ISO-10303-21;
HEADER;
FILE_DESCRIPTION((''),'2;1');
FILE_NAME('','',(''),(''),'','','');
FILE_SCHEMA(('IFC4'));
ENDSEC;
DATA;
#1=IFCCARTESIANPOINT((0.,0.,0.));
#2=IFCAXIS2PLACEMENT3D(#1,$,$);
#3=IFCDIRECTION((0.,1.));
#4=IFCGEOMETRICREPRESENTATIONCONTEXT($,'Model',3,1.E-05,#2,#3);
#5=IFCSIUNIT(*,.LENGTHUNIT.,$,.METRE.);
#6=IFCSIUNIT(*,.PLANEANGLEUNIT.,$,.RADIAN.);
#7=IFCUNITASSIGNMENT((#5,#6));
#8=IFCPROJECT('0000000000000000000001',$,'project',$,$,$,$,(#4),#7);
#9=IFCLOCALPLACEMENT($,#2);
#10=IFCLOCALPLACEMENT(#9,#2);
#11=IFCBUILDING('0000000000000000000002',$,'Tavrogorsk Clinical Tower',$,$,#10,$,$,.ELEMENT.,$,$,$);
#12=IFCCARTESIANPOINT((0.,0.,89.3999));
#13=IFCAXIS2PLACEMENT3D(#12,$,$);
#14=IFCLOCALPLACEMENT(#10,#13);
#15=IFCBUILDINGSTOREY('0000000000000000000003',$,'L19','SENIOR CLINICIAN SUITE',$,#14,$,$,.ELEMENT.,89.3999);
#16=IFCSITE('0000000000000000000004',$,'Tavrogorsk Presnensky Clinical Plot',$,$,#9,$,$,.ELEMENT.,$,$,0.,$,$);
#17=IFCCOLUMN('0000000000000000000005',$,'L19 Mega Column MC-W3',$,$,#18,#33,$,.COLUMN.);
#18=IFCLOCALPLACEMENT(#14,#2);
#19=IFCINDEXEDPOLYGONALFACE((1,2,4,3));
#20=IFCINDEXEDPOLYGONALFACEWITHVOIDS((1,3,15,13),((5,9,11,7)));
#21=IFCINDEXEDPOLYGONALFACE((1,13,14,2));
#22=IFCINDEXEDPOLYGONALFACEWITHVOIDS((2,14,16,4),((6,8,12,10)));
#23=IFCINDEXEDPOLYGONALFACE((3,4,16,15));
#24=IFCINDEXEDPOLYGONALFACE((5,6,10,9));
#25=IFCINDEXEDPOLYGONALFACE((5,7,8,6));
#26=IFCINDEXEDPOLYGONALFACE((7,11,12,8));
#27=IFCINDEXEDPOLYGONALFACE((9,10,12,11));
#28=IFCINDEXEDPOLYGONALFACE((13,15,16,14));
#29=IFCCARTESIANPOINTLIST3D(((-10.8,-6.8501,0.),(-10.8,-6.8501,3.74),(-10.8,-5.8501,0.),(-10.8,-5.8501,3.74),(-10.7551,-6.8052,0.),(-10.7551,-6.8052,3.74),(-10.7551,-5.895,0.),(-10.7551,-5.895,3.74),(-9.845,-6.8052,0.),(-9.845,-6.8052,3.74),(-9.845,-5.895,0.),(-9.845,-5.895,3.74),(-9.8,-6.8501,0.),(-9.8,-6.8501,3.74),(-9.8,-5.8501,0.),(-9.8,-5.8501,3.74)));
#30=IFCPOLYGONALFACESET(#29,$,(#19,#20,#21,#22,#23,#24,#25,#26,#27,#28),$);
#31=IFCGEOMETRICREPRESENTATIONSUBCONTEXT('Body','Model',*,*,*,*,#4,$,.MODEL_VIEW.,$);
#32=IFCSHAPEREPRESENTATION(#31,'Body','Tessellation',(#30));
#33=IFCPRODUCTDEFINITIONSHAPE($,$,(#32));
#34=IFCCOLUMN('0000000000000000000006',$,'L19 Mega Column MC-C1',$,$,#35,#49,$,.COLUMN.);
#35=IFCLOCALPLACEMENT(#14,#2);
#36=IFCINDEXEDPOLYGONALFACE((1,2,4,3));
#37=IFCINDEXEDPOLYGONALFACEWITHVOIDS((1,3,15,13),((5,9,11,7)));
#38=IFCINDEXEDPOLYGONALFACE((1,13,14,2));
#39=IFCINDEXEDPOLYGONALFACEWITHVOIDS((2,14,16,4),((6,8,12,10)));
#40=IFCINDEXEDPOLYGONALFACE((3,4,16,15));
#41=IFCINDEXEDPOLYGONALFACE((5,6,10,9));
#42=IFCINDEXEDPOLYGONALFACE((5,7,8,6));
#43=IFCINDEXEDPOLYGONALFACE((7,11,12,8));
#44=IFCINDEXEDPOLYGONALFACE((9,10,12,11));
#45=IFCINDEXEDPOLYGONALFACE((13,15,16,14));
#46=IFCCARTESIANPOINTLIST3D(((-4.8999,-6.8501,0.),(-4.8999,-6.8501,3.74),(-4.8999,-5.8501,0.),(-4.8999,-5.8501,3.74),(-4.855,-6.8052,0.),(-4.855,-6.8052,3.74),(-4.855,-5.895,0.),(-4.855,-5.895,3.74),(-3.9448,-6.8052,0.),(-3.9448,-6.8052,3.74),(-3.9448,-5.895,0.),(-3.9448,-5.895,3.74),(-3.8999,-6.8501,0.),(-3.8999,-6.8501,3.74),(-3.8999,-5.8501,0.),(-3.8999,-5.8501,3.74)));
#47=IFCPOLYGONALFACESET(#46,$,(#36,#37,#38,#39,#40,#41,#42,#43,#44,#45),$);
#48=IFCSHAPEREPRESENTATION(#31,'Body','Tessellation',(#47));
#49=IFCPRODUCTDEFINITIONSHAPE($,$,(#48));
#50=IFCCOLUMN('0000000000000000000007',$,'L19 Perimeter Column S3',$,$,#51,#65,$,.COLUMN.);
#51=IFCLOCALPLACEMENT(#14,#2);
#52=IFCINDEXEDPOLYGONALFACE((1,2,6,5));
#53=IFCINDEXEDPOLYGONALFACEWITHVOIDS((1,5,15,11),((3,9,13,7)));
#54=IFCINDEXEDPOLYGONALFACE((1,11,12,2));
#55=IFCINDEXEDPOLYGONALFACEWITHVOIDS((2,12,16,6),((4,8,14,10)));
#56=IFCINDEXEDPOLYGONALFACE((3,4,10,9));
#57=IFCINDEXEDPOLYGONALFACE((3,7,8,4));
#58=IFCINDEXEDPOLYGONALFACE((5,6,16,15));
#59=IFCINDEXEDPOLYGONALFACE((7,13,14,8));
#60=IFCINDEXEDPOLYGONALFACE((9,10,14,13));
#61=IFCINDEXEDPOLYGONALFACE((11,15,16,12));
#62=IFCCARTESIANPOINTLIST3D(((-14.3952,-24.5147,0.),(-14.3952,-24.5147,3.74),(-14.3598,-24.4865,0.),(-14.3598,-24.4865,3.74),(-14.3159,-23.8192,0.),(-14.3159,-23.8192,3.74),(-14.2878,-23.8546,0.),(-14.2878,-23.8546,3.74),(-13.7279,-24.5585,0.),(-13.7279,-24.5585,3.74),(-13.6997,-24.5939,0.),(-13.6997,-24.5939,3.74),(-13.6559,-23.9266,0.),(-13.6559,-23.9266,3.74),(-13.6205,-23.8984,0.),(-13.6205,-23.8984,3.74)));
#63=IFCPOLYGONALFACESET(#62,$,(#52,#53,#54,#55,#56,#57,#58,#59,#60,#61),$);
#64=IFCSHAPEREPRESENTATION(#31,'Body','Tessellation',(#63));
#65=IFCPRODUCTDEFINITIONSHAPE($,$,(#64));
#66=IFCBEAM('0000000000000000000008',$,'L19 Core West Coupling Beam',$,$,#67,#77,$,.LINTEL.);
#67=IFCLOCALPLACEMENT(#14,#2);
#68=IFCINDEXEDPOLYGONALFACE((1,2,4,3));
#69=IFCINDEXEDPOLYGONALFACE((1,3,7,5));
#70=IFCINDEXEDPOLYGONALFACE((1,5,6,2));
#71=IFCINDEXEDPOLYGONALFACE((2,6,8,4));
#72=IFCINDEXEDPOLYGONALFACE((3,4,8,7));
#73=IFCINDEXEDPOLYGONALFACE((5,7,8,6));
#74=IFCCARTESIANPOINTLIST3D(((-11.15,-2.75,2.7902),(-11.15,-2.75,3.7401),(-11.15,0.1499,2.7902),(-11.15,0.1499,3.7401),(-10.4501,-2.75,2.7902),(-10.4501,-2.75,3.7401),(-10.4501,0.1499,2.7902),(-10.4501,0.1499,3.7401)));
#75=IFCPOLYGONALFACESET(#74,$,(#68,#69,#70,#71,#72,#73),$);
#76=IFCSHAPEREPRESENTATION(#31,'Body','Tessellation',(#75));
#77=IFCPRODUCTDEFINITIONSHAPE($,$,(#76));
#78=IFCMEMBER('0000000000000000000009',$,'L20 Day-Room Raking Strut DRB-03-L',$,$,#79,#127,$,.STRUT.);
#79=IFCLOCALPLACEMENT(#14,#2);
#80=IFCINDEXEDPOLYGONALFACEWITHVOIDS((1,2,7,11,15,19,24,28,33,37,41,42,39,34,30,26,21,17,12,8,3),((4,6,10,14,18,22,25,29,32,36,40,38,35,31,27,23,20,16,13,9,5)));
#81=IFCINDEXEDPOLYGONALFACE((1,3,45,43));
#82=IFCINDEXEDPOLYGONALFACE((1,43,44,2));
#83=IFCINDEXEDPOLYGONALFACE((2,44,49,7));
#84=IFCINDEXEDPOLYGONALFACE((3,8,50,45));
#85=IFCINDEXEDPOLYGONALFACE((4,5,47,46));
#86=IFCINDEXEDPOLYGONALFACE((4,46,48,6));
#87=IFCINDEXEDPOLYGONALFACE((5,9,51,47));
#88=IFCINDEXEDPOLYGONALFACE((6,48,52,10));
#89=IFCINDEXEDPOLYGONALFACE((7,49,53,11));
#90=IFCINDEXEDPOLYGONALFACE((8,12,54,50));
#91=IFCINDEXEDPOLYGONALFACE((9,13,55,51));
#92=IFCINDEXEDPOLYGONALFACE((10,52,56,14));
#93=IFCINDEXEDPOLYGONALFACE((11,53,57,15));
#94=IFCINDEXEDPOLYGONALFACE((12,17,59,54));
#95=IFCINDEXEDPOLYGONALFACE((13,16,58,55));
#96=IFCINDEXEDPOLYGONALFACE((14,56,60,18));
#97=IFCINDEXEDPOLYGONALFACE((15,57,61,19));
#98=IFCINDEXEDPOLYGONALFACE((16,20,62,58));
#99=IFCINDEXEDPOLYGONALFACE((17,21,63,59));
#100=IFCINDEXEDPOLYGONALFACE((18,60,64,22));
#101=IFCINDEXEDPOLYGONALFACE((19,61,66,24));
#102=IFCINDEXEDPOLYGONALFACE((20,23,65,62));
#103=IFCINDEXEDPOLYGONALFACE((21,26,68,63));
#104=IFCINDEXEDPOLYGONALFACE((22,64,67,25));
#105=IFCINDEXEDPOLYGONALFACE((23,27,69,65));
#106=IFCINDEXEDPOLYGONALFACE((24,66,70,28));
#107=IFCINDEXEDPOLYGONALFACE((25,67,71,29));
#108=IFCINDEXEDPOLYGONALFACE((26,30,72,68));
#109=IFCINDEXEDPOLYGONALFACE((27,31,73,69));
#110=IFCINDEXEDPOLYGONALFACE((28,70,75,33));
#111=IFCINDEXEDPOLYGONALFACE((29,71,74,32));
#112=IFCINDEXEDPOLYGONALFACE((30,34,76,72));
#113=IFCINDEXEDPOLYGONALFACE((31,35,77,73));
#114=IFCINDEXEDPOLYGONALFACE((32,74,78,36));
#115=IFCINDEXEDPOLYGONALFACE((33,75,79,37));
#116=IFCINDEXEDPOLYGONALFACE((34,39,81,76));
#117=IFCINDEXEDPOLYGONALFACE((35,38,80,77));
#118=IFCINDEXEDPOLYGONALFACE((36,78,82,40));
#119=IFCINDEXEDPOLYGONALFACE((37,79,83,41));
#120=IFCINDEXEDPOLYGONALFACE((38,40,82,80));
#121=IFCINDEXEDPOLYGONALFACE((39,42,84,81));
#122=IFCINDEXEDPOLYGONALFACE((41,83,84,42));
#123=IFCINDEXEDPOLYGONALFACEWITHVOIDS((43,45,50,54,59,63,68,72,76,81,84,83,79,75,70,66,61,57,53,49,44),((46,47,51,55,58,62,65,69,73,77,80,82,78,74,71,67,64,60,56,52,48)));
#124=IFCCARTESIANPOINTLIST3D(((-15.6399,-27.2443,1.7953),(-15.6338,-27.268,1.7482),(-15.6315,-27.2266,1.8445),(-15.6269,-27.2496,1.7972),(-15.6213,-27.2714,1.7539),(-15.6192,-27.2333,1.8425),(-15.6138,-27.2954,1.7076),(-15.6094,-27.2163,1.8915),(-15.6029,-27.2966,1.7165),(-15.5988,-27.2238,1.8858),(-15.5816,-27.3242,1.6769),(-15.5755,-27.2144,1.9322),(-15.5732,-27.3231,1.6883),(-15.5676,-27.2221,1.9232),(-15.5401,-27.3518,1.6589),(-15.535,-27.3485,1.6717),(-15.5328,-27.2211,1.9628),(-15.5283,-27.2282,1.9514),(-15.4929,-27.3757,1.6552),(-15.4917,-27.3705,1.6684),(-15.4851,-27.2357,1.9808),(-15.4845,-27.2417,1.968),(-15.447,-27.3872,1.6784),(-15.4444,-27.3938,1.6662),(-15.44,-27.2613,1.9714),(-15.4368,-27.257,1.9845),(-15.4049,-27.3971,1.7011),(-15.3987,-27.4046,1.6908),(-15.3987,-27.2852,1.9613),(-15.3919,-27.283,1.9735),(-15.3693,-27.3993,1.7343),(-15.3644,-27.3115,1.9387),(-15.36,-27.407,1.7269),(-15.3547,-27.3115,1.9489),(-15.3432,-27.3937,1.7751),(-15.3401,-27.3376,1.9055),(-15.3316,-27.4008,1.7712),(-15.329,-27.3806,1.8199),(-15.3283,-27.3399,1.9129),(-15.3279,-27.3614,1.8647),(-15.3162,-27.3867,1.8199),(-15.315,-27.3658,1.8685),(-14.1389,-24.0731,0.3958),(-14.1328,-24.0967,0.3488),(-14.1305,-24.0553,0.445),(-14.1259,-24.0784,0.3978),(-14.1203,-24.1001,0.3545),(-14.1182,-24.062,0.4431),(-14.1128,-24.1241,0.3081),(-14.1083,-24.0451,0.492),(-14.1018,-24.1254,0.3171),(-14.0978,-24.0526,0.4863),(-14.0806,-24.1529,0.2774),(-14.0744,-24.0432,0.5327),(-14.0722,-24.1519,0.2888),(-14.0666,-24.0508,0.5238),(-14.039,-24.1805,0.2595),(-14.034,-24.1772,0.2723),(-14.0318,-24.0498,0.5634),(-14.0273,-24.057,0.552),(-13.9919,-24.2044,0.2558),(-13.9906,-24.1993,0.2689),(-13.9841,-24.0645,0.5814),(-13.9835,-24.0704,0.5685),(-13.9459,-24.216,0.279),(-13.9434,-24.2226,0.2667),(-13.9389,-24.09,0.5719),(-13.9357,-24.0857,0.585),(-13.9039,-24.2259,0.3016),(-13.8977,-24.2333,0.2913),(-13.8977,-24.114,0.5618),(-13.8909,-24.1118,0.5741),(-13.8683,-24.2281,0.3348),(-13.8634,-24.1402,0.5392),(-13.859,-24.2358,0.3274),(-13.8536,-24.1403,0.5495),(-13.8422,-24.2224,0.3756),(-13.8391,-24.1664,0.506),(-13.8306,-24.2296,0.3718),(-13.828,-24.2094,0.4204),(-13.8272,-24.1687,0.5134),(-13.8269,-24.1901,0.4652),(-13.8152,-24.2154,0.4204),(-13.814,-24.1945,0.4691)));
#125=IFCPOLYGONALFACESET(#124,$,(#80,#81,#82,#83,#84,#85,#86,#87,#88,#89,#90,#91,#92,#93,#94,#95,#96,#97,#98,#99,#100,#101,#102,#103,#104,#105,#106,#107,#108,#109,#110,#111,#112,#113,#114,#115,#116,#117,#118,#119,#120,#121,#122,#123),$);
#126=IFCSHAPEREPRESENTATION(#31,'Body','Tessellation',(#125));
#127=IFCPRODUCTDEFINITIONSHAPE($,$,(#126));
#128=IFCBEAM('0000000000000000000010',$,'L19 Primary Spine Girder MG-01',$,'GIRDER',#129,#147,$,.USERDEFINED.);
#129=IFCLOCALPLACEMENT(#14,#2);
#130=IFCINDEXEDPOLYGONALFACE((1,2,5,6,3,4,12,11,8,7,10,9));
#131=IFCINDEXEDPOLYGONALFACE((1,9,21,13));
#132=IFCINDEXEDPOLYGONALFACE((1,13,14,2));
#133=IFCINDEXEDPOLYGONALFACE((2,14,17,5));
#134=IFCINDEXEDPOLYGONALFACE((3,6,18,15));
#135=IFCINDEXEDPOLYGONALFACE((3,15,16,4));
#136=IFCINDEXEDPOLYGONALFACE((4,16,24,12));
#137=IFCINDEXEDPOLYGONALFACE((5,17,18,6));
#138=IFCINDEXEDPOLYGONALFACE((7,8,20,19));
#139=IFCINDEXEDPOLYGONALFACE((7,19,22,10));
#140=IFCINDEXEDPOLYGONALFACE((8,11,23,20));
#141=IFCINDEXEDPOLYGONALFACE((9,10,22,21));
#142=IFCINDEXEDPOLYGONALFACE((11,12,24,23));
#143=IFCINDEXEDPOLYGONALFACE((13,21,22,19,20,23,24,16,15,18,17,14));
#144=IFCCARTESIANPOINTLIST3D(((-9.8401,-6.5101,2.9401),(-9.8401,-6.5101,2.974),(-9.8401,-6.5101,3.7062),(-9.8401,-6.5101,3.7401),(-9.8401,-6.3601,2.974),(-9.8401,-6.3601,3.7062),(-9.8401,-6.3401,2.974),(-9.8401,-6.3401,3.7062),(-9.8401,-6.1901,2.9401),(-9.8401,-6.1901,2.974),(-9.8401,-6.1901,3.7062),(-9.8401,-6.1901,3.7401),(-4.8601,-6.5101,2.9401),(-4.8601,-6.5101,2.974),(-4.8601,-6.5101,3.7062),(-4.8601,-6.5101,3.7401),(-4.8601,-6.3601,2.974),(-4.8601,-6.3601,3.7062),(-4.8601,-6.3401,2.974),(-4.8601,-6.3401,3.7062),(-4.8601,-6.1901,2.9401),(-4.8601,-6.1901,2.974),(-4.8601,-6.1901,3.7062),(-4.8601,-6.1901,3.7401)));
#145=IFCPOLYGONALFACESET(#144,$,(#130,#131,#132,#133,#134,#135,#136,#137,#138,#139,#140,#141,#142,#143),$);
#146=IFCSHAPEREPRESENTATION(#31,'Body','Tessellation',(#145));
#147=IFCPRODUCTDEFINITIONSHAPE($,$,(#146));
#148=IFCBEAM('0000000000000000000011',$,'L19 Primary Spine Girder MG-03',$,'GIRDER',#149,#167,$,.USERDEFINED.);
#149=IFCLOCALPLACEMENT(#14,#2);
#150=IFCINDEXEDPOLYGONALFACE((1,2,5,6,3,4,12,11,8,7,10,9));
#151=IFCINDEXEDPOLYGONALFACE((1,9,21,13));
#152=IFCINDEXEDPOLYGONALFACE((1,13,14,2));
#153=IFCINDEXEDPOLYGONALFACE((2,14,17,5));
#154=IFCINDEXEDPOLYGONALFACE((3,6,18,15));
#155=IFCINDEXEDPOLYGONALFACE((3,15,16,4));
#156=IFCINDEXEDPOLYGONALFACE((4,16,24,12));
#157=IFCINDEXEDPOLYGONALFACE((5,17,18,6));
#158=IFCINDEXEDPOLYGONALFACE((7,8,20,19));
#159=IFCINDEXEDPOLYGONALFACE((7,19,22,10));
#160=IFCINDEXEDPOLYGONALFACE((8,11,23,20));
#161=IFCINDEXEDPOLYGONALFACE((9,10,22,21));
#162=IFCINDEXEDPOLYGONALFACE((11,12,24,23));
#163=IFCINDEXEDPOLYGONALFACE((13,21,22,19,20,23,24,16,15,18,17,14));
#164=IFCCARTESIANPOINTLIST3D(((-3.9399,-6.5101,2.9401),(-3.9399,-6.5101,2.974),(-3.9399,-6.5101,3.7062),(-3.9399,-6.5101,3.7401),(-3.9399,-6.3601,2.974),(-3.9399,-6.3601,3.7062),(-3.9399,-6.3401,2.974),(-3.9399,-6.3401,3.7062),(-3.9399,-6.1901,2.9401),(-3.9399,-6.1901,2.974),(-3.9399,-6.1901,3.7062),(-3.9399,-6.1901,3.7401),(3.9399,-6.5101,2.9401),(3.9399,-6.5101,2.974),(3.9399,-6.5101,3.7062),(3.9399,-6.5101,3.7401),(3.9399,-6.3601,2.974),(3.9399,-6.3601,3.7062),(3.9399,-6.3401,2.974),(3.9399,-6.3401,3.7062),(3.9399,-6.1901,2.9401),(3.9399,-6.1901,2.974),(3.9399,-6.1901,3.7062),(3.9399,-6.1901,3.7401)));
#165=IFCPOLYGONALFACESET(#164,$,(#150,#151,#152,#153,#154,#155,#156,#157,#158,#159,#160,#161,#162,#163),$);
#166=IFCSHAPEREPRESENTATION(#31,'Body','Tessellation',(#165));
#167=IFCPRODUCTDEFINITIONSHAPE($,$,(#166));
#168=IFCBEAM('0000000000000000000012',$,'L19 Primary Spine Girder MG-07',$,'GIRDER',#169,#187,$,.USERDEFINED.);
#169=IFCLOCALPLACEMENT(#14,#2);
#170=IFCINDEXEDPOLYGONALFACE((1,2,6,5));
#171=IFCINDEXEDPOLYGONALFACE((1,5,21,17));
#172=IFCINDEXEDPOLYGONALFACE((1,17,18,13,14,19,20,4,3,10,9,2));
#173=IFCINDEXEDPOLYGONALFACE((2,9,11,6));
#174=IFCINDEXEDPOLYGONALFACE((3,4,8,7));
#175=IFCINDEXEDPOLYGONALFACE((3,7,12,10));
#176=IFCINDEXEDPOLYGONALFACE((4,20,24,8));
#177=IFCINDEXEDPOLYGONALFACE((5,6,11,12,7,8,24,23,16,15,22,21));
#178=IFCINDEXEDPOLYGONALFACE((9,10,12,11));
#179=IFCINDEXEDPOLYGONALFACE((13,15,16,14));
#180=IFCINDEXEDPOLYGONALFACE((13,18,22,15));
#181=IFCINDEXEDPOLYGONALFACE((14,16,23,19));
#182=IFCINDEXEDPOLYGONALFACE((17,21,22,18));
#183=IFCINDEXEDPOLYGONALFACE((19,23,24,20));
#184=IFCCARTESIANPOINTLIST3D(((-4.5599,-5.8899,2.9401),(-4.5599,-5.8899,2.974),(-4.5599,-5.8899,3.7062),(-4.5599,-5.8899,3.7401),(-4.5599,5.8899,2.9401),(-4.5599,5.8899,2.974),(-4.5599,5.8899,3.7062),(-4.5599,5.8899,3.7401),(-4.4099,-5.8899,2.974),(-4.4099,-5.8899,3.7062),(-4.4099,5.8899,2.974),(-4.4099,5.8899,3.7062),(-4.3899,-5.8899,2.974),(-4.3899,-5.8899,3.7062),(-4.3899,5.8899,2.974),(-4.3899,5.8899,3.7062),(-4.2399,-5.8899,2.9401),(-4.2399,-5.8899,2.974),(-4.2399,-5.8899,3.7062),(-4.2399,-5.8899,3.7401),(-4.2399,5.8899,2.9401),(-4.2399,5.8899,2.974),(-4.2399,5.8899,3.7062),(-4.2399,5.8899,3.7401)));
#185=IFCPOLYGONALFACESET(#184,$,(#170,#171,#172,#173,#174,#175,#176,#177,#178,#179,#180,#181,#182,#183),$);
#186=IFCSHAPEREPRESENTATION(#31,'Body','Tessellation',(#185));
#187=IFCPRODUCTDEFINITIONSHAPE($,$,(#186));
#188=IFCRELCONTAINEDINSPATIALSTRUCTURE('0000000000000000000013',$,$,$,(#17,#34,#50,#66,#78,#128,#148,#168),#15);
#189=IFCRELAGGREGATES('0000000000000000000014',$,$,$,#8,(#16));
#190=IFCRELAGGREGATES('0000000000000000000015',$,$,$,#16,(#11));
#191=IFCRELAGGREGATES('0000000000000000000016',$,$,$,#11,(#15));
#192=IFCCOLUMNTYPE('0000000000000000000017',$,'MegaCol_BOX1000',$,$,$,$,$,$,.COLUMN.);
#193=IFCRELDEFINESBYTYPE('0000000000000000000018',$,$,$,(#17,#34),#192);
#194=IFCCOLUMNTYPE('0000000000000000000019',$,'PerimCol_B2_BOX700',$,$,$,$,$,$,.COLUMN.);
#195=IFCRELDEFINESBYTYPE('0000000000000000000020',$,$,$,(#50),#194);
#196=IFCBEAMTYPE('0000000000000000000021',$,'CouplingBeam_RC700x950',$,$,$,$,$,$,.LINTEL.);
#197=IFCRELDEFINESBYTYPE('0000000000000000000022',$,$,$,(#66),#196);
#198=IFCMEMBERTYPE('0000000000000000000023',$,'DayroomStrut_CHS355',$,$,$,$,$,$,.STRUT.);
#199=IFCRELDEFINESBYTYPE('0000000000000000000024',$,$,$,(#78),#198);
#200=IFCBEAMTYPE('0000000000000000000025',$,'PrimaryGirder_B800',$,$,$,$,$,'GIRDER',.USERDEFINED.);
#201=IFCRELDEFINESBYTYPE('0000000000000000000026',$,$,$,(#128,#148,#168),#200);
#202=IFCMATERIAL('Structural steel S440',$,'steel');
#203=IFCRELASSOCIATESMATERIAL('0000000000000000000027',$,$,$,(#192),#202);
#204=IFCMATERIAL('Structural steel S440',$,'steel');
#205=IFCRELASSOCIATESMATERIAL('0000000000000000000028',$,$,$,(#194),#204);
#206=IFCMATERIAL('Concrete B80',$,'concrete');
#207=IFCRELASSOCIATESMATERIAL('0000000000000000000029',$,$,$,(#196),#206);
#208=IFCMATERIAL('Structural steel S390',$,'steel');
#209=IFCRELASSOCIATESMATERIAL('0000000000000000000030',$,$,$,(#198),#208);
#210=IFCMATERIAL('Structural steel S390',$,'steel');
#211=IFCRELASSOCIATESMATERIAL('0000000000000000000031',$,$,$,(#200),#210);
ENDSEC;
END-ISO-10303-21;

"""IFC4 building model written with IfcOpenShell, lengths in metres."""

from ifc_helpers import new_model, si_unit, direction, frame, origin, origin_2d, place, context, subcontext, project, spatial, rectangle, hollow_rectangle, hollow_circle, i_section, extrude, material, material_profile, profile_set, type_object, element, save


model = new_model("IFC4")

# Units and contexts
model_context = context("Model", 3, precision=1e-05, world=origin(), true_north=direction((0.0, 1.0)))
body_context = subcontext(model_context, "Body", "Model", "MODEL_VIEW")
ifc_project = project(units=[si_unit("LENGTHUNIT", "METRE"), si_unit("PLANEANGLEUNIT", "RADIAN")], contexts=[model_context])

# Site, building, storey
site_placement = place(None, origin())
site = spatial("IfcSite", under=ifc_project, at=site_placement, Name="Tavrogorsk Presnensky Clinical Plot", CompositionType="ELEMENT", RefElevation=0.0)
building_placement = place(site_placement, origin())
building = spatial("IfcBuilding", under=site, at=building_placement, Name="Tavrogorsk Clinical Tower", CompositionType="ELEMENT")
storey_placement = place(building_placement, frame((0.0, 0.0, 89.3999)))
storey = spatial("IfcBuildingStorey", under=building, at=storey_placement, Name="L19", Description="SENIOR CLINICIAN SUITE", CompositionType="ELEMENT", Elevation=89.3999)

# Columns
ifc_material_1 = material(Name="Structural steel S440", Category="steel")
ifc_material_profile_1 = material_profile(ifc_material_1, hollow_rectangle(XDim=1.0, YDim=1.0, WallThickness=0.0449, at=origin_2d()), Name="BOX-1000x1000x45")
ifc_profile_set_1 = profile_set([ifc_material_profile_1], Name="Structural steel S440")
column_type_1 = type_object("IfcColumnType", Name="MegaCol_BOX1000", PredefinedType="COLUMN", material=ifc_profile_set_1)
for number, where, z_axis, x_axis, name in (
    (1, (-10.3, -6.3501, 0.0), (0.0, 0.0, 1.0), (1.0, 0.0, 0.0), "L19 Mega Column MC-W3"),
    (2, (-4.3999, -6.3501, 0.0), (0.0, 0.0, 1.0), (1.0, 0.0, 0.0), "L19 Mega Column MC-C1"),
):
    element("IfcColumn", number, at=place(storey_placement, frame(where, z_axis=z_axis, x_axis=x_axis)), inside=storey, type_object=column_type_1, Name=name, PredefinedType="COLUMN", context=body_context, shape_type="SweptSolid", body=[
        extrude(hollow_rectangle(XDim=1.0, YDim=1.0, WallThickness=0.0449, at=origin_2d()), origin(), (0.0, 0.0, 1.0), 3.74),
    ])
ifc_material_2 = material(Name="Structural steel S440", Category="steel")
ifc_material_profile_2 = material_profile(ifc_material_2, hollow_rectangle(XDim=0.7, YDim=0.7, WallThickness=0.032, at=origin_2d()), Name="BOX-700x700x32")
ifc_profile_set_2 = profile_set([ifc_material_profile_2], Name="Structural steel S440")
column_type_2 = type_object("IfcColumnType", Name="PerimCol_B2_BOX700", PredefinedType="COLUMN", material=ifc_profile_set_2)
column_placement = place(storey_placement, frame((-14.0078, -24.2065, 0.0), z_axis=(0.0, 0.0, 1.0), x_axis=(0.993572, -0.113203, 0.0)))
element("IfcColumn", 3, at=column_placement, inside=storey, type_object=column_type_2, Name="L19 Perimeter Column S3", PredefinedType="COLUMN", context=body_context, shape_type="SweptSolid", body=[
    extrude(hollow_rectangle(XDim=0.7, YDim=0.7, WallThickness=0.032, at=origin_2d()), origin(), (0.0, 0.0, 1.0), 3.74),
])

# Beam
ifc_material_3 = material(Name="Concrete B80", Category="concrete")
ifc_material_profile_3 = material_profile(ifc_material_3, rectangle(XDim=0.7, YDim=0.95, at=origin_2d()), Name="RC-CB-700x950")
ifc_profile_set_3 = profile_set([ifc_material_profile_3], Name="Concrete B80")
beam_type_1 = type_object("IfcBeamType", Name="CouplingBeam_RC700x950", PredefinedType="LINTEL", material=ifc_profile_set_3)
beam_1_placement = place(storey_placement, frame((-10.8, -2.75, 3.2651), z_axis=(0.0, 1.0, 0.0), x_axis=(-1.0, 0.0, 0.0)))
element("IfcBeam", 4, at=beam_1_placement, inside=storey, type_object=beam_type_1, Name="L19 Core West Coupling Beam", PredefinedType="LINTEL", context=body_context, shape_type="SweptSolid", body=[
    extrude(rectangle(XDim=0.7, YDim=0.95, at=origin_2d()), origin(), (0.0, 0.0, 1.0), 2.8999),
])

# Member
ifc_material_4 = material(Name="Structural steel S390", Category="steel")
ifc_material_profile_4 = material_profile(ifc_material_4, hollow_circle(Radius=0.1777, WallThickness=0.0142, at=origin_2d()), Name="CHS-355.6x14.2")
ifc_profile_set_4 = profile_set([ifc_material_profile_4], Name="Structural steel S390")
member_type = type_object("IfcMemberType", Name="DayroomStrut_CHS355", PredefinedType="STRUT", material=ifc_profile_set_4)
member_placement = place(storey_placement, frame((-13.9758, -24.1394, 0.4204), z_axis=(-0.397375, -0.839543, 0.370487), x_axis=(0.903864, -0.42782, 0.0)))
element("IfcMember", 5, at=member_placement, inside=storey, type_object=member_type, Name="L20 Day-Room Raking Strut DRB-03-L", PredefinedType="STRUT", context=body_context, shape_type="SweptSolid", body=[
    extrude(hollow_circle(Radius=0.1777, WallThickness=0.0142, at=origin_2d()), origin(), (0.0, 0.0, 1.0), 3.7773),
])

# Beams
ifc_material_5 = material(Name="Structural steel S390", Category="steel")
ifc_material_profile_5 = material_profile(ifc_material_5, i_section(OverallWidth=0.3201, OverallDepth=0.8, WebThickness=0.02, FlangeThickness=0.0339, at=origin_2d()), Name="B-800x320x20x34")
ifc_profile_set_5 = profile_set([ifc_material_profile_5], Name="Structural steel S390")
beam_type_2 = type_object("IfcBeamType", Name="PrimaryGirder_B800", ElementType="GIRDER", PredefinedType="USERDEFINED", material=ifc_profile_set_5)
beam_2_placement = place(storey_placement, frame((-9.8401, -6.3501, 3.3401), z_axis=(1.0, 0.0, 0.0), x_axis=(0.0, 1.0, 0.0)))
element("IfcBeam", 6, at=beam_2_placement, inside=storey, type_object=beam_type_2, Name="L19 Primary Spine Girder MG-01", ObjectType="GIRDER", PredefinedType="USERDEFINED", context=body_context, shape_type="SweptSolid", body=[
    extrude(i_section(OverallWidth=0.3201, OverallDepth=0.8, WebThickness=0.02, FlangeThickness=0.0339, at=origin_2d()), origin(), (0.0, 0.0, 1.0), 4.98),
])
beam_3_placement = place(storey_placement, frame((-3.9399, -6.3501, 3.3401), z_axis=(1.0, 0.0, 0.0), x_axis=(0.0, 1.0, 0.0)))
element("IfcBeam", 7, at=beam_3_placement, inside=storey, type_object=beam_type_2, Name="L19 Primary Spine Girder MG-03", ObjectType="GIRDER", PredefinedType="USERDEFINED", context=body_context, shape_type="SweptSolid", body=[
    extrude(i_section(OverallWidth=0.3201, OverallDepth=0.8, WebThickness=0.02, FlangeThickness=0.0339, at=origin_2d()), origin(), (0.0, 0.0, 1.0), 7.8799),
])
beam_4_placement = place(storey_placement, frame((-4.3999, -5.8899, 3.3401), z_axis=(0.0, 1.0, 0.0), x_axis=(-1.0, 0.0, 0.0)))
element("IfcBeam", 8, at=beam_4_placement, inside=storey, type_object=beam_type_2, Name="L19 Primary Spine Girder MG-07", ObjectType="GIRDER", PredefinedType="USERDEFINED", context=body_context, shape_type="SweptSolid", body=[
    extrude(i_section(OverallWidth=0.3201, OverallDepth=0.8, WebThickness=0.02, FlangeThickness=0.0339, at=origin_2d()), origin(), (0.0, 0.0, 1.0), 11.7798),
])

save(model, "model.ifc")
